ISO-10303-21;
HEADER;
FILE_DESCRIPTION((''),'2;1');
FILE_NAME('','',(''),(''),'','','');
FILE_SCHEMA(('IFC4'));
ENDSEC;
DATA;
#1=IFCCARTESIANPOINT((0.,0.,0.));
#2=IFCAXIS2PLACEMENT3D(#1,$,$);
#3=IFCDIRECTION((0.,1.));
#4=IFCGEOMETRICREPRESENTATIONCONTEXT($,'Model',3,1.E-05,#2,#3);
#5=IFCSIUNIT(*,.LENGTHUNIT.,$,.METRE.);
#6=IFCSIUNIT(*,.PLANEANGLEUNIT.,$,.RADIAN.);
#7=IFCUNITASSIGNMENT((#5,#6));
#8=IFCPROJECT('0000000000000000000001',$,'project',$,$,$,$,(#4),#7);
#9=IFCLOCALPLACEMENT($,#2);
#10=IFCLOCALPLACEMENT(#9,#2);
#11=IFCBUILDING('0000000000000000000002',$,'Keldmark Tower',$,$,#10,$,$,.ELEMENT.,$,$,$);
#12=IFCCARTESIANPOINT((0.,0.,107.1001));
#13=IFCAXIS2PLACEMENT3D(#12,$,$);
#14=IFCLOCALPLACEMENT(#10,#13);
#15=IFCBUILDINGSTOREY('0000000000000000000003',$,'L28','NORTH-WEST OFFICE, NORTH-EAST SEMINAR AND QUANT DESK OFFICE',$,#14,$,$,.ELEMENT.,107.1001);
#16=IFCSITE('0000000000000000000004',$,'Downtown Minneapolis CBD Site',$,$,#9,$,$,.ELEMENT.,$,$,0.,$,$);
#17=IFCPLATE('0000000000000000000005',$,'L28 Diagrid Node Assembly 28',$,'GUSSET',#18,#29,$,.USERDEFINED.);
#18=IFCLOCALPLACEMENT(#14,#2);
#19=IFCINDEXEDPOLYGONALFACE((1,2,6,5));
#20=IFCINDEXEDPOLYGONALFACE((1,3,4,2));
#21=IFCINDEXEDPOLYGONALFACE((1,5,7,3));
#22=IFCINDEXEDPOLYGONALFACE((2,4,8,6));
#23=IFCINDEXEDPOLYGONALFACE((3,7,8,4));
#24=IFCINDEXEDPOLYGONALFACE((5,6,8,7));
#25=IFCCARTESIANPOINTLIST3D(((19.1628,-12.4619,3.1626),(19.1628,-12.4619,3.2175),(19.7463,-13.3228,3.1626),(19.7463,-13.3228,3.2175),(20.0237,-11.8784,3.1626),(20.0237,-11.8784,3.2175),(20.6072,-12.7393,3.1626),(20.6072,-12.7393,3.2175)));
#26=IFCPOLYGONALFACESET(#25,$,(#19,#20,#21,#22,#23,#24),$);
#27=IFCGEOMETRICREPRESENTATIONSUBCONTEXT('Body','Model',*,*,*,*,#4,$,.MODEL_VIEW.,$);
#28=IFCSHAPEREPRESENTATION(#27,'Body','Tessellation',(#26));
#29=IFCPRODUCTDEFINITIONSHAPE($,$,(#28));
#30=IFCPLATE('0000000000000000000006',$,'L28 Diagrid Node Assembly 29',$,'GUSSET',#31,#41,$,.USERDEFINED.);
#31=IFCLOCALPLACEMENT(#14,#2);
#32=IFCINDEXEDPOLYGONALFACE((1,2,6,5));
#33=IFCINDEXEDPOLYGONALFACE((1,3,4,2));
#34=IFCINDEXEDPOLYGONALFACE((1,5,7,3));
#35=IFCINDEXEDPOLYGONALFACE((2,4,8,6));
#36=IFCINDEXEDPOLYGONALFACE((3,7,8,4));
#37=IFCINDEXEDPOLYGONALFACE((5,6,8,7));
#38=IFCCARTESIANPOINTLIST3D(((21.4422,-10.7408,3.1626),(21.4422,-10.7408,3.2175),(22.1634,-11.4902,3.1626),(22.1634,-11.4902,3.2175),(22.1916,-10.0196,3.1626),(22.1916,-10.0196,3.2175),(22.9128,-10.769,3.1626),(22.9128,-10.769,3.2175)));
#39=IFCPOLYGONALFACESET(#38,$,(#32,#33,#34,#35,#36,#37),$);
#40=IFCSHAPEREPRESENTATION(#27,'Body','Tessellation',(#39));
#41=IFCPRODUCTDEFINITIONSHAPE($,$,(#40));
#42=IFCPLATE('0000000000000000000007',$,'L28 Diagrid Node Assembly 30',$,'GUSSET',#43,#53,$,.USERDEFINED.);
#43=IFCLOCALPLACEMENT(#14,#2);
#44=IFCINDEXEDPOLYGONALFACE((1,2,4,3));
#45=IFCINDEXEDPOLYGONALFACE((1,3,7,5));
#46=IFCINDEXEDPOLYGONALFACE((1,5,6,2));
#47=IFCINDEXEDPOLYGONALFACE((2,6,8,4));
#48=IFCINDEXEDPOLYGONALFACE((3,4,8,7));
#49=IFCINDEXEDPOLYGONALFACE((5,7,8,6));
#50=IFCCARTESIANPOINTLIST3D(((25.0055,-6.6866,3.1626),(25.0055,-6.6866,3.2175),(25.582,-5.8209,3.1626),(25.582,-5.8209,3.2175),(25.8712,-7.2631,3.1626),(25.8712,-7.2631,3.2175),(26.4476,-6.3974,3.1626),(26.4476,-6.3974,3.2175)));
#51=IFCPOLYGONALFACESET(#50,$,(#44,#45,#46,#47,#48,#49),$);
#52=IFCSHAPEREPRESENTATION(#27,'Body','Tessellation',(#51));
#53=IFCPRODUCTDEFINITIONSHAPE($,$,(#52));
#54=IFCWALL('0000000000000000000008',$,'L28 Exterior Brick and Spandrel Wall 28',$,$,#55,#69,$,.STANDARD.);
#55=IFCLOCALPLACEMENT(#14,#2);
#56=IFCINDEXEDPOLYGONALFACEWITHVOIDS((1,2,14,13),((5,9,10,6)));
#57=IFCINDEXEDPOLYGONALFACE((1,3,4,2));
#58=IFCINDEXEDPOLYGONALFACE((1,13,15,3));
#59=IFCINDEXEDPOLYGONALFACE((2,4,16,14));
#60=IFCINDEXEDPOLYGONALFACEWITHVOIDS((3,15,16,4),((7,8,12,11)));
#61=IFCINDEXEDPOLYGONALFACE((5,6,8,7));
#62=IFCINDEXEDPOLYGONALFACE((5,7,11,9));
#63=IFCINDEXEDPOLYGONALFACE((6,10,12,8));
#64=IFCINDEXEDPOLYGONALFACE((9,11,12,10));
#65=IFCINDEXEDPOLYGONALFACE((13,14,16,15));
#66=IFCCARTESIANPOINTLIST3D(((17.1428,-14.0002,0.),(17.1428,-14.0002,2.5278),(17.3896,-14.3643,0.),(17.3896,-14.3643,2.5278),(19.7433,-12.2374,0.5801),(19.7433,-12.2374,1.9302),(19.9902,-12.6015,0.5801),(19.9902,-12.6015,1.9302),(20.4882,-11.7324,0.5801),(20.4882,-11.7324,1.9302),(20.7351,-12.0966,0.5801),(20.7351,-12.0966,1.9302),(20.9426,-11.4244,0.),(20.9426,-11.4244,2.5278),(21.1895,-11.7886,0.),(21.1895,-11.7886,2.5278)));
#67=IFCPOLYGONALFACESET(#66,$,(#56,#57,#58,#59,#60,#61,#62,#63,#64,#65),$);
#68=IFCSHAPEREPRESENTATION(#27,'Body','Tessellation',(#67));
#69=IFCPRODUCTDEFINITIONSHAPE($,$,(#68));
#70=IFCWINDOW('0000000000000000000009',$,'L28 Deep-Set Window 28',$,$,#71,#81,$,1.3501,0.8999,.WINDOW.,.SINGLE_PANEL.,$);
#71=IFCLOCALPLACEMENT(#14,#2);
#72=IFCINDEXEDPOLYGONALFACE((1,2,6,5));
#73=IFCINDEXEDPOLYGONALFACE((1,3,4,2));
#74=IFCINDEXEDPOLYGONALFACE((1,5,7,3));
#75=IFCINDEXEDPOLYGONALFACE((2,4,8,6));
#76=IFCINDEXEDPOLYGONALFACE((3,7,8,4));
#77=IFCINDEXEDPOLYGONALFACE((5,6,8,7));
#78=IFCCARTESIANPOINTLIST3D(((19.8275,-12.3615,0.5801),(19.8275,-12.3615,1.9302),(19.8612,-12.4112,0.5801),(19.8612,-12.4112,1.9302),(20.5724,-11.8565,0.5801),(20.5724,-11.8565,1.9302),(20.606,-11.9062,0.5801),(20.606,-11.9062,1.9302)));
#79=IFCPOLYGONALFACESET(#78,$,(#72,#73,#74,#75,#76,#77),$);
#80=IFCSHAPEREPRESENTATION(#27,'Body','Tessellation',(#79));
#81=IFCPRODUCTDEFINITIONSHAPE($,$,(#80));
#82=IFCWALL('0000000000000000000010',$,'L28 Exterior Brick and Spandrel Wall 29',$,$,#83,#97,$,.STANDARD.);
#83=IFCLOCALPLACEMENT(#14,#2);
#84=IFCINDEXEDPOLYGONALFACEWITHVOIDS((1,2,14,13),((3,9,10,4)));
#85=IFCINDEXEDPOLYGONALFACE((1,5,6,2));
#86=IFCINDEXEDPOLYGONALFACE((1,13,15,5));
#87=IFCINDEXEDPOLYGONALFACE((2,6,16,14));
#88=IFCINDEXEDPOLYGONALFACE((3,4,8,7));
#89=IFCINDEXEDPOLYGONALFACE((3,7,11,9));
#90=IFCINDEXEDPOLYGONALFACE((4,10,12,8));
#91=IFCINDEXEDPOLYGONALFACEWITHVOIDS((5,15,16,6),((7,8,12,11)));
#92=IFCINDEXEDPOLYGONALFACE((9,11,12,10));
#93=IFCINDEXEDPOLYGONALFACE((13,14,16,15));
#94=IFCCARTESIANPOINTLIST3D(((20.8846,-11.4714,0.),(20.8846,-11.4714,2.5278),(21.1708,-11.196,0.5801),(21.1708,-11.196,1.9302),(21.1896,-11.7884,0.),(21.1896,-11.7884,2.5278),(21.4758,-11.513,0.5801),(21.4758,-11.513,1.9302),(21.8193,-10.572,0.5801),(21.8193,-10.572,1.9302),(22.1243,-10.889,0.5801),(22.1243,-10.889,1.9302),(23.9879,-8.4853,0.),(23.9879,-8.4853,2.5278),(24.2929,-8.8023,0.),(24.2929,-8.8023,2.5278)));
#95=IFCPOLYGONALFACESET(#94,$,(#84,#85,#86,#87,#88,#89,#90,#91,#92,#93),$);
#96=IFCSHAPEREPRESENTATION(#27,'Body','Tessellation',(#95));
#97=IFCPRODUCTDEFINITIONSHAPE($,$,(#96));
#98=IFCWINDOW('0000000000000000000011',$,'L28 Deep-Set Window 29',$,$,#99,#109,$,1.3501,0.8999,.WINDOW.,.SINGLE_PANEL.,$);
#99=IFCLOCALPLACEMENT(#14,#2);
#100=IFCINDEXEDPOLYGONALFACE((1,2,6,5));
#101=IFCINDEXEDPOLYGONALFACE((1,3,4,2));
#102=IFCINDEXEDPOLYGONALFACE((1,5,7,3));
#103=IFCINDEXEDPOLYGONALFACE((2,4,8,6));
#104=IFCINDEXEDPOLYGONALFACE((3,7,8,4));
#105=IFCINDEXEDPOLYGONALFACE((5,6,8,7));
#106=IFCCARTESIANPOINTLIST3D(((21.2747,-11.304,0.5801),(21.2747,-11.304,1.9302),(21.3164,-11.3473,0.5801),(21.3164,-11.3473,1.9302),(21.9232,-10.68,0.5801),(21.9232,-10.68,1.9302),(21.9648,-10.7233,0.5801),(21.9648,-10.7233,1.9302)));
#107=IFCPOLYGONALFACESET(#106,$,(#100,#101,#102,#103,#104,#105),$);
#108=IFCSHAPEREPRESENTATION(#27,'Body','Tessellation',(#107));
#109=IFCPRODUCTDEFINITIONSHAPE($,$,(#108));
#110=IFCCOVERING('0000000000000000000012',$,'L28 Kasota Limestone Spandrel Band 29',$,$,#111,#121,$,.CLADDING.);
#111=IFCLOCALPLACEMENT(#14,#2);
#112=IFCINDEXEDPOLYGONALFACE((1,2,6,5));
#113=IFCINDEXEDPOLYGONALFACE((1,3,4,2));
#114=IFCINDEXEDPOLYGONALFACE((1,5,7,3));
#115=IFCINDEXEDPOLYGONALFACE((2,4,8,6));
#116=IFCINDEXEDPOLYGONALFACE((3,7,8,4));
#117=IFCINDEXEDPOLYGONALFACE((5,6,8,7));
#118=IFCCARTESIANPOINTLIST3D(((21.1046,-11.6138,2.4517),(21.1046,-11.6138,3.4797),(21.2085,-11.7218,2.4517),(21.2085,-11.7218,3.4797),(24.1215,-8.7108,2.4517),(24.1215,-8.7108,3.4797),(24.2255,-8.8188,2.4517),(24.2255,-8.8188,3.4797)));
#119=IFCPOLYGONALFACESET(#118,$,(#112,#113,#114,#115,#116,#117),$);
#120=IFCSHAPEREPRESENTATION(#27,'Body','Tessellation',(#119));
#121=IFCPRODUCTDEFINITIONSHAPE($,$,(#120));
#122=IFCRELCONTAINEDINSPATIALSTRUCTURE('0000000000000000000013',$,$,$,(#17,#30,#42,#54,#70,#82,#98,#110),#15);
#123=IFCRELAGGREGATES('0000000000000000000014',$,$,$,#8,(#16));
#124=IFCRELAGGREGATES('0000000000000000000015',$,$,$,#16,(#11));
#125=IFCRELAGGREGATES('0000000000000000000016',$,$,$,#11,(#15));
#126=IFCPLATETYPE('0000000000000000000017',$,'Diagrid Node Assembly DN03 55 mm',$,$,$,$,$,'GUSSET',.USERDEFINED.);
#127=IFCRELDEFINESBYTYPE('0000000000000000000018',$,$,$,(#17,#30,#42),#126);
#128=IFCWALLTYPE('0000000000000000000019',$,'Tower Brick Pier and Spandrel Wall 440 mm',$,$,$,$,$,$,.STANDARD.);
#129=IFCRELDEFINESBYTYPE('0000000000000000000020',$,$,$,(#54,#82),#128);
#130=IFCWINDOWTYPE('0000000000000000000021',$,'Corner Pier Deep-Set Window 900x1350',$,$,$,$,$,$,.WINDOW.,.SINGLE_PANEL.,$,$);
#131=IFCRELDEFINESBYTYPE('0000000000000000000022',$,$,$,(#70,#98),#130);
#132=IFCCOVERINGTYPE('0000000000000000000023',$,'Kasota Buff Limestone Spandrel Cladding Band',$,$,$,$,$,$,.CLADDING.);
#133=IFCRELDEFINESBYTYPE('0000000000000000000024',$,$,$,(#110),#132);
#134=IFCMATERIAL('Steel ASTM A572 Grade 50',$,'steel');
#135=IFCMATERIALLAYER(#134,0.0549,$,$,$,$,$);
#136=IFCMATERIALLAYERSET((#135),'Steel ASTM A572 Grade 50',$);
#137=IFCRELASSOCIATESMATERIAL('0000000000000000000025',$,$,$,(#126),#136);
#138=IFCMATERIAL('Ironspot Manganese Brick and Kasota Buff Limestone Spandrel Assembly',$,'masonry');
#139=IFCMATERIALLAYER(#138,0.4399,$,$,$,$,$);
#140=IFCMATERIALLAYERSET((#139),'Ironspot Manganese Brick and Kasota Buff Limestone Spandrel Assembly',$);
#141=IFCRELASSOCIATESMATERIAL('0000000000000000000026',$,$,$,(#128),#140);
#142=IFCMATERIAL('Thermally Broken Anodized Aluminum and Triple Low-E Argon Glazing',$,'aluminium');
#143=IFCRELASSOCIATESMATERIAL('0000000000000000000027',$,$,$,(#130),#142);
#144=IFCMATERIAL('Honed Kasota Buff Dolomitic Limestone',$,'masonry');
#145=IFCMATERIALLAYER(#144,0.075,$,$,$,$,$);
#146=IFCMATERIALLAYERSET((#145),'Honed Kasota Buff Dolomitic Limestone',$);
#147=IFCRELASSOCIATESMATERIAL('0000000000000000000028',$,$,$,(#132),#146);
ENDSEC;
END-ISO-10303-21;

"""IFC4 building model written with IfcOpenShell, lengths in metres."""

from ifc_helpers import new_model, si_unit, direction, frame, frame_2d, origin, origin_2d, place, context, subcontext, project, spatial, rectangle, extrude, material, layer, layer_set, type_object, element, fill, save


model = new_model("IFC4")

# Units and contexts
model_context = context("Model", 3, precision=1e-05, world=origin(), true_north=direction((0.0, 1.0)))
body_context = subcontext(model_context, "Body", "Model", "MODEL_VIEW")
ifc_project = project(units=[si_unit("LENGTHUNIT", "METRE"), si_unit("PLANEANGLEUNIT", "RADIAN")], contexts=[model_context])

# Site, building, storey
site_placement = place(None, origin())
site = spatial("IfcSite", under=ifc_project, at=site_placement, Name="Downtown Minneapolis CBD Site", CompositionType="ELEMENT", RefElevation=0.0)
building_placement = place(site_placement, origin())
building = spatial("IfcBuilding", under=site, at=building_placement, Name="Keldmark Tower", CompositionType="ELEMENT")
storey_placement = place(building_placement, frame((0.0, 0.0, 107.1001)))
storey = spatial("IfcBuildingStorey", under=building, at=storey_placement, Name="L28", Description="NORTH-WEST OFFICE, NORTH-EAST SEMINAR AND QUANT DESK OFFICE", CompositionType="ELEMENT", Elevation=107.1001)

# Plates
ifc_material_1 = material(Name="Steel ASTM A572 Grade 50", Category="steel")
ifc_layer_1 = layer(ifc_material_1, 0.0549)
ifc_layer_set_1 = layer_set([ifc_layer_1], Name="Steel ASTM A572 Grade 50")
plate_type = type_object("IfcPlateType", Name="Diagrid Node Assembly DN03 55 mm", ElementType="GUSSET", PredefinedType="USERDEFINED", material=ifc_layer_set_1)
for number, where, z_axis, x_axis, name in (
    (1, (19.885, -12.6006, 3.1626), (0.0, 0.0, 1.0), (0.827767, 0.561072, 0.0), "L28 Diagrid Node Assembly 28"),
    (2, (22.1775, -10.7549, 3.1626), (0.0, 0.0, 1.0), (0.720551, 0.693402, 0.0), "L28 Diagrid Node Assembly 29"),
    (3, (25.7266, -6.542, 3.1626), (0.0, 0.0, 1.0), (0.554263, 0.832341, 0.0), "L28 Diagrid Node Assembly 30"),
):
    element("IfcPlate", number, at=place(storey_placement, frame(where, z_axis=z_axis, x_axis=x_axis)), inside=storey, type_object=plate_type, Name=name, ObjectType="GUSSET", PredefinedType="USERDEFINED", context=body_context, shape_type="SweptSolid", body=[
        extrude(rectangle(XDim=1.04, YDim=1.04, at=origin_2d()), origin(), (0.0, 0.0, 1.0), 0.0549),
    ])

# Walls, openings, windows
ifc_material_2 = material(Name="Ironspot Manganese Brick and Kasota Buff Limestone Spandrel Assembly", Category="masonry")
ifc_layer_2 = layer(ifc_material_2, 0.4399)
ifc_layer_set_2 = layer_set([ifc_layer_2], Name="Ironspot Manganese Brick and Kasota Buff Limestone Spandrel Assembly")
wall_type = type_object("IfcWallType", Name="Tower Brick Pier and Spandrel Wall 440 mm", PredefinedType="STANDARD", material=ifc_layer_set_2)
wall_1_placement = place(storey_placement, frame((21.0662, -11.6064, 0.0), z_axis=(0.0, 0.0, 1.0), x_axis=(-0.827755, -0.56109, 0.0)))
wall_1 = element("IfcWall", 4, at=wall_1_placement, inside=storey, type_object=wall_type, Name="L28 Exterior Brick and Spandrel Wall 28", PredefinedType="STANDARD", context=body_context, shape_type="SweptSolid", body=[
    extrude(rectangle(XDim=4.5906, YDim=0.4399, at=frame_2d((2.2954, 0.0))), origin(), (0.0, 0.0, 1.0), 2.5278),
])
opening_1_placement = place(wall_1_placement, frame((0.5491, 0.0, 0.5801)))
opening_1 = element("IfcOpeningElement", 5, at=opening_1_placement, cuts=wall_1, PredefinedType="OPENING", context=body_context, shape_type="SweptSolid", body=[
    extrude(rectangle(XDim=0.8999, YDim=1.3501, at=frame_2d((0.45, 0.675))), frame((0.0, 0.23, 0.0), z_axis=(0.0, -1.0, 0.0), x_axis=(1.0, 0.0, 0.0)), (0.0, 0.0, 1.0), 0.46),
])
ifc_material_3 = material(Name="Thermally Broken Anodized Aluminum and Triple Low-E Argon Glazing", Category="aluminium")
window_type = type_object("IfcWindowType", Name="Corner Pier Deep-Set Window 900x1350", PartitioningType="SINGLE_PANEL", PredefinedType="WINDOW", material=ifc_material_3)
window_1_placement = place(opening_1_placement, origin())
window_1 = element("IfcWindow", 6, at=window_1_placement, inside=storey, type_object=window_type, Name="L28 Deep-Set Window 28", OverallHeight=1.3501, OverallWidth=0.8999, PartitioningType="SINGLE_PANEL", PredefinedType="WINDOW", context=body_context, shape_type="SweptSolid", body=[
    extrude(rectangle(XDim=0.8999, YDim=1.3501, at=frame_2d((0.45, 0.675))), frame((0.0, -0.01, 0.0), z_axis=(0.0, -1.0, 0.0), x_axis=(1.0, 0.0, 0.0)), (0.0, 0.0, 1.0), 0.0601),
])
fill(opening_1, window_1)
wall_2_placement = place(storey_placement, frame((24.1404, -8.6438, 0.0), z_axis=(0.0, 0.0, 1.0), x_axis=(-0.720581, -0.69337, 0.0)))
wall_2 = element("IfcWall", 7, at=wall_2_placement, inside=storey, type_object=wall_type, Name="L28 Exterior Brick and Spandrel Wall 29", PredefinedType="STANDARD", context=body_context, shape_type="SweptSolid", body=[
    extrude(rectangle(XDim=4.3066, YDim=0.4399, at=frame_2d((2.1533, 0.0))), origin(), (0.0, 0.0, 1.0), 2.5278),
])
opening_2_placement = place(wall_2_placement, frame((3.0095, 0.0, 0.5801)))
opening_2 = element("IfcOpeningElement", 8, at=opening_2_placement, cuts=wall_2, PredefinedType="OPENING", context=body_context, shape_type="SweptSolid", body=[
    extrude(rectangle(XDim=0.8999, YDim=1.3501, at=frame_2d((0.45, 0.675))), frame((0.0, 0.23, 0.0), z_axis=(0.0, -1.0, 0.0), x_axis=(1.0, 0.0, 0.0)), (0.0, 0.0, 1.0), 0.46),
])
window_2_placement = place(opening_2_placement, origin())
window_2 = element("IfcWindow", 9, at=window_2_placement, inside=storey, type_object=window_type, Name="L28 Deep-Set Window 29", OverallHeight=1.3501, OverallWidth=0.8999, PartitioningType="SINGLE_PANEL", PredefinedType="WINDOW", context=body_context, shape_type="SweptSolid", body=[
    extrude(rectangle(XDim=0.8999, YDim=1.3501, at=frame_2d((0.45, 0.675))), frame((0.0, -0.01, 0.0), z_axis=(0.0, -1.0, 0.0), x_axis=(1.0, 0.0, 0.0)), (0.0, 0.0, 1.0), 0.0601),
])
fill(opening_2, window_2)

# Covering
ifc_material_4 = material(Name="Honed Kasota Buff Dolomitic Limestone", Category="masonry")
ifc_layer_3 = layer(ifc_material_4, 0.075)
ifc_layer_set_3 = layer_set([ifc_layer_3], Name="Honed Kasota Buff Dolomitic Limestone")
covering_type = type_object("IfcCoveringType", Name="Kasota Buff Limestone Spandrel Cladding Band", PredefinedType="CLADDING", material=ifc_layer_set_3)
covering_placement = place(storey_placement, frame((22.665, -10.2163, 2.4517), z_axis=(0.0, 0.0, 1.0), x_axis=(0.720587, 0.693364, 0.0)))
element("IfcCovering", 10, at=covering_placement, inside=storey, type_object=covering_type, Name="L28 Kasota Limestone Spandrel Band 29", PredefinedType="CLADDING", context=body_context, shape_type="SweptSolid", body=[
    extrude(rectangle(XDim=4.1868, YDim=0.1499, at=origin_2d()), origin(), (0.0, 0.0, 1.0), 1.0281),
])

save(model, "model.ifc")
